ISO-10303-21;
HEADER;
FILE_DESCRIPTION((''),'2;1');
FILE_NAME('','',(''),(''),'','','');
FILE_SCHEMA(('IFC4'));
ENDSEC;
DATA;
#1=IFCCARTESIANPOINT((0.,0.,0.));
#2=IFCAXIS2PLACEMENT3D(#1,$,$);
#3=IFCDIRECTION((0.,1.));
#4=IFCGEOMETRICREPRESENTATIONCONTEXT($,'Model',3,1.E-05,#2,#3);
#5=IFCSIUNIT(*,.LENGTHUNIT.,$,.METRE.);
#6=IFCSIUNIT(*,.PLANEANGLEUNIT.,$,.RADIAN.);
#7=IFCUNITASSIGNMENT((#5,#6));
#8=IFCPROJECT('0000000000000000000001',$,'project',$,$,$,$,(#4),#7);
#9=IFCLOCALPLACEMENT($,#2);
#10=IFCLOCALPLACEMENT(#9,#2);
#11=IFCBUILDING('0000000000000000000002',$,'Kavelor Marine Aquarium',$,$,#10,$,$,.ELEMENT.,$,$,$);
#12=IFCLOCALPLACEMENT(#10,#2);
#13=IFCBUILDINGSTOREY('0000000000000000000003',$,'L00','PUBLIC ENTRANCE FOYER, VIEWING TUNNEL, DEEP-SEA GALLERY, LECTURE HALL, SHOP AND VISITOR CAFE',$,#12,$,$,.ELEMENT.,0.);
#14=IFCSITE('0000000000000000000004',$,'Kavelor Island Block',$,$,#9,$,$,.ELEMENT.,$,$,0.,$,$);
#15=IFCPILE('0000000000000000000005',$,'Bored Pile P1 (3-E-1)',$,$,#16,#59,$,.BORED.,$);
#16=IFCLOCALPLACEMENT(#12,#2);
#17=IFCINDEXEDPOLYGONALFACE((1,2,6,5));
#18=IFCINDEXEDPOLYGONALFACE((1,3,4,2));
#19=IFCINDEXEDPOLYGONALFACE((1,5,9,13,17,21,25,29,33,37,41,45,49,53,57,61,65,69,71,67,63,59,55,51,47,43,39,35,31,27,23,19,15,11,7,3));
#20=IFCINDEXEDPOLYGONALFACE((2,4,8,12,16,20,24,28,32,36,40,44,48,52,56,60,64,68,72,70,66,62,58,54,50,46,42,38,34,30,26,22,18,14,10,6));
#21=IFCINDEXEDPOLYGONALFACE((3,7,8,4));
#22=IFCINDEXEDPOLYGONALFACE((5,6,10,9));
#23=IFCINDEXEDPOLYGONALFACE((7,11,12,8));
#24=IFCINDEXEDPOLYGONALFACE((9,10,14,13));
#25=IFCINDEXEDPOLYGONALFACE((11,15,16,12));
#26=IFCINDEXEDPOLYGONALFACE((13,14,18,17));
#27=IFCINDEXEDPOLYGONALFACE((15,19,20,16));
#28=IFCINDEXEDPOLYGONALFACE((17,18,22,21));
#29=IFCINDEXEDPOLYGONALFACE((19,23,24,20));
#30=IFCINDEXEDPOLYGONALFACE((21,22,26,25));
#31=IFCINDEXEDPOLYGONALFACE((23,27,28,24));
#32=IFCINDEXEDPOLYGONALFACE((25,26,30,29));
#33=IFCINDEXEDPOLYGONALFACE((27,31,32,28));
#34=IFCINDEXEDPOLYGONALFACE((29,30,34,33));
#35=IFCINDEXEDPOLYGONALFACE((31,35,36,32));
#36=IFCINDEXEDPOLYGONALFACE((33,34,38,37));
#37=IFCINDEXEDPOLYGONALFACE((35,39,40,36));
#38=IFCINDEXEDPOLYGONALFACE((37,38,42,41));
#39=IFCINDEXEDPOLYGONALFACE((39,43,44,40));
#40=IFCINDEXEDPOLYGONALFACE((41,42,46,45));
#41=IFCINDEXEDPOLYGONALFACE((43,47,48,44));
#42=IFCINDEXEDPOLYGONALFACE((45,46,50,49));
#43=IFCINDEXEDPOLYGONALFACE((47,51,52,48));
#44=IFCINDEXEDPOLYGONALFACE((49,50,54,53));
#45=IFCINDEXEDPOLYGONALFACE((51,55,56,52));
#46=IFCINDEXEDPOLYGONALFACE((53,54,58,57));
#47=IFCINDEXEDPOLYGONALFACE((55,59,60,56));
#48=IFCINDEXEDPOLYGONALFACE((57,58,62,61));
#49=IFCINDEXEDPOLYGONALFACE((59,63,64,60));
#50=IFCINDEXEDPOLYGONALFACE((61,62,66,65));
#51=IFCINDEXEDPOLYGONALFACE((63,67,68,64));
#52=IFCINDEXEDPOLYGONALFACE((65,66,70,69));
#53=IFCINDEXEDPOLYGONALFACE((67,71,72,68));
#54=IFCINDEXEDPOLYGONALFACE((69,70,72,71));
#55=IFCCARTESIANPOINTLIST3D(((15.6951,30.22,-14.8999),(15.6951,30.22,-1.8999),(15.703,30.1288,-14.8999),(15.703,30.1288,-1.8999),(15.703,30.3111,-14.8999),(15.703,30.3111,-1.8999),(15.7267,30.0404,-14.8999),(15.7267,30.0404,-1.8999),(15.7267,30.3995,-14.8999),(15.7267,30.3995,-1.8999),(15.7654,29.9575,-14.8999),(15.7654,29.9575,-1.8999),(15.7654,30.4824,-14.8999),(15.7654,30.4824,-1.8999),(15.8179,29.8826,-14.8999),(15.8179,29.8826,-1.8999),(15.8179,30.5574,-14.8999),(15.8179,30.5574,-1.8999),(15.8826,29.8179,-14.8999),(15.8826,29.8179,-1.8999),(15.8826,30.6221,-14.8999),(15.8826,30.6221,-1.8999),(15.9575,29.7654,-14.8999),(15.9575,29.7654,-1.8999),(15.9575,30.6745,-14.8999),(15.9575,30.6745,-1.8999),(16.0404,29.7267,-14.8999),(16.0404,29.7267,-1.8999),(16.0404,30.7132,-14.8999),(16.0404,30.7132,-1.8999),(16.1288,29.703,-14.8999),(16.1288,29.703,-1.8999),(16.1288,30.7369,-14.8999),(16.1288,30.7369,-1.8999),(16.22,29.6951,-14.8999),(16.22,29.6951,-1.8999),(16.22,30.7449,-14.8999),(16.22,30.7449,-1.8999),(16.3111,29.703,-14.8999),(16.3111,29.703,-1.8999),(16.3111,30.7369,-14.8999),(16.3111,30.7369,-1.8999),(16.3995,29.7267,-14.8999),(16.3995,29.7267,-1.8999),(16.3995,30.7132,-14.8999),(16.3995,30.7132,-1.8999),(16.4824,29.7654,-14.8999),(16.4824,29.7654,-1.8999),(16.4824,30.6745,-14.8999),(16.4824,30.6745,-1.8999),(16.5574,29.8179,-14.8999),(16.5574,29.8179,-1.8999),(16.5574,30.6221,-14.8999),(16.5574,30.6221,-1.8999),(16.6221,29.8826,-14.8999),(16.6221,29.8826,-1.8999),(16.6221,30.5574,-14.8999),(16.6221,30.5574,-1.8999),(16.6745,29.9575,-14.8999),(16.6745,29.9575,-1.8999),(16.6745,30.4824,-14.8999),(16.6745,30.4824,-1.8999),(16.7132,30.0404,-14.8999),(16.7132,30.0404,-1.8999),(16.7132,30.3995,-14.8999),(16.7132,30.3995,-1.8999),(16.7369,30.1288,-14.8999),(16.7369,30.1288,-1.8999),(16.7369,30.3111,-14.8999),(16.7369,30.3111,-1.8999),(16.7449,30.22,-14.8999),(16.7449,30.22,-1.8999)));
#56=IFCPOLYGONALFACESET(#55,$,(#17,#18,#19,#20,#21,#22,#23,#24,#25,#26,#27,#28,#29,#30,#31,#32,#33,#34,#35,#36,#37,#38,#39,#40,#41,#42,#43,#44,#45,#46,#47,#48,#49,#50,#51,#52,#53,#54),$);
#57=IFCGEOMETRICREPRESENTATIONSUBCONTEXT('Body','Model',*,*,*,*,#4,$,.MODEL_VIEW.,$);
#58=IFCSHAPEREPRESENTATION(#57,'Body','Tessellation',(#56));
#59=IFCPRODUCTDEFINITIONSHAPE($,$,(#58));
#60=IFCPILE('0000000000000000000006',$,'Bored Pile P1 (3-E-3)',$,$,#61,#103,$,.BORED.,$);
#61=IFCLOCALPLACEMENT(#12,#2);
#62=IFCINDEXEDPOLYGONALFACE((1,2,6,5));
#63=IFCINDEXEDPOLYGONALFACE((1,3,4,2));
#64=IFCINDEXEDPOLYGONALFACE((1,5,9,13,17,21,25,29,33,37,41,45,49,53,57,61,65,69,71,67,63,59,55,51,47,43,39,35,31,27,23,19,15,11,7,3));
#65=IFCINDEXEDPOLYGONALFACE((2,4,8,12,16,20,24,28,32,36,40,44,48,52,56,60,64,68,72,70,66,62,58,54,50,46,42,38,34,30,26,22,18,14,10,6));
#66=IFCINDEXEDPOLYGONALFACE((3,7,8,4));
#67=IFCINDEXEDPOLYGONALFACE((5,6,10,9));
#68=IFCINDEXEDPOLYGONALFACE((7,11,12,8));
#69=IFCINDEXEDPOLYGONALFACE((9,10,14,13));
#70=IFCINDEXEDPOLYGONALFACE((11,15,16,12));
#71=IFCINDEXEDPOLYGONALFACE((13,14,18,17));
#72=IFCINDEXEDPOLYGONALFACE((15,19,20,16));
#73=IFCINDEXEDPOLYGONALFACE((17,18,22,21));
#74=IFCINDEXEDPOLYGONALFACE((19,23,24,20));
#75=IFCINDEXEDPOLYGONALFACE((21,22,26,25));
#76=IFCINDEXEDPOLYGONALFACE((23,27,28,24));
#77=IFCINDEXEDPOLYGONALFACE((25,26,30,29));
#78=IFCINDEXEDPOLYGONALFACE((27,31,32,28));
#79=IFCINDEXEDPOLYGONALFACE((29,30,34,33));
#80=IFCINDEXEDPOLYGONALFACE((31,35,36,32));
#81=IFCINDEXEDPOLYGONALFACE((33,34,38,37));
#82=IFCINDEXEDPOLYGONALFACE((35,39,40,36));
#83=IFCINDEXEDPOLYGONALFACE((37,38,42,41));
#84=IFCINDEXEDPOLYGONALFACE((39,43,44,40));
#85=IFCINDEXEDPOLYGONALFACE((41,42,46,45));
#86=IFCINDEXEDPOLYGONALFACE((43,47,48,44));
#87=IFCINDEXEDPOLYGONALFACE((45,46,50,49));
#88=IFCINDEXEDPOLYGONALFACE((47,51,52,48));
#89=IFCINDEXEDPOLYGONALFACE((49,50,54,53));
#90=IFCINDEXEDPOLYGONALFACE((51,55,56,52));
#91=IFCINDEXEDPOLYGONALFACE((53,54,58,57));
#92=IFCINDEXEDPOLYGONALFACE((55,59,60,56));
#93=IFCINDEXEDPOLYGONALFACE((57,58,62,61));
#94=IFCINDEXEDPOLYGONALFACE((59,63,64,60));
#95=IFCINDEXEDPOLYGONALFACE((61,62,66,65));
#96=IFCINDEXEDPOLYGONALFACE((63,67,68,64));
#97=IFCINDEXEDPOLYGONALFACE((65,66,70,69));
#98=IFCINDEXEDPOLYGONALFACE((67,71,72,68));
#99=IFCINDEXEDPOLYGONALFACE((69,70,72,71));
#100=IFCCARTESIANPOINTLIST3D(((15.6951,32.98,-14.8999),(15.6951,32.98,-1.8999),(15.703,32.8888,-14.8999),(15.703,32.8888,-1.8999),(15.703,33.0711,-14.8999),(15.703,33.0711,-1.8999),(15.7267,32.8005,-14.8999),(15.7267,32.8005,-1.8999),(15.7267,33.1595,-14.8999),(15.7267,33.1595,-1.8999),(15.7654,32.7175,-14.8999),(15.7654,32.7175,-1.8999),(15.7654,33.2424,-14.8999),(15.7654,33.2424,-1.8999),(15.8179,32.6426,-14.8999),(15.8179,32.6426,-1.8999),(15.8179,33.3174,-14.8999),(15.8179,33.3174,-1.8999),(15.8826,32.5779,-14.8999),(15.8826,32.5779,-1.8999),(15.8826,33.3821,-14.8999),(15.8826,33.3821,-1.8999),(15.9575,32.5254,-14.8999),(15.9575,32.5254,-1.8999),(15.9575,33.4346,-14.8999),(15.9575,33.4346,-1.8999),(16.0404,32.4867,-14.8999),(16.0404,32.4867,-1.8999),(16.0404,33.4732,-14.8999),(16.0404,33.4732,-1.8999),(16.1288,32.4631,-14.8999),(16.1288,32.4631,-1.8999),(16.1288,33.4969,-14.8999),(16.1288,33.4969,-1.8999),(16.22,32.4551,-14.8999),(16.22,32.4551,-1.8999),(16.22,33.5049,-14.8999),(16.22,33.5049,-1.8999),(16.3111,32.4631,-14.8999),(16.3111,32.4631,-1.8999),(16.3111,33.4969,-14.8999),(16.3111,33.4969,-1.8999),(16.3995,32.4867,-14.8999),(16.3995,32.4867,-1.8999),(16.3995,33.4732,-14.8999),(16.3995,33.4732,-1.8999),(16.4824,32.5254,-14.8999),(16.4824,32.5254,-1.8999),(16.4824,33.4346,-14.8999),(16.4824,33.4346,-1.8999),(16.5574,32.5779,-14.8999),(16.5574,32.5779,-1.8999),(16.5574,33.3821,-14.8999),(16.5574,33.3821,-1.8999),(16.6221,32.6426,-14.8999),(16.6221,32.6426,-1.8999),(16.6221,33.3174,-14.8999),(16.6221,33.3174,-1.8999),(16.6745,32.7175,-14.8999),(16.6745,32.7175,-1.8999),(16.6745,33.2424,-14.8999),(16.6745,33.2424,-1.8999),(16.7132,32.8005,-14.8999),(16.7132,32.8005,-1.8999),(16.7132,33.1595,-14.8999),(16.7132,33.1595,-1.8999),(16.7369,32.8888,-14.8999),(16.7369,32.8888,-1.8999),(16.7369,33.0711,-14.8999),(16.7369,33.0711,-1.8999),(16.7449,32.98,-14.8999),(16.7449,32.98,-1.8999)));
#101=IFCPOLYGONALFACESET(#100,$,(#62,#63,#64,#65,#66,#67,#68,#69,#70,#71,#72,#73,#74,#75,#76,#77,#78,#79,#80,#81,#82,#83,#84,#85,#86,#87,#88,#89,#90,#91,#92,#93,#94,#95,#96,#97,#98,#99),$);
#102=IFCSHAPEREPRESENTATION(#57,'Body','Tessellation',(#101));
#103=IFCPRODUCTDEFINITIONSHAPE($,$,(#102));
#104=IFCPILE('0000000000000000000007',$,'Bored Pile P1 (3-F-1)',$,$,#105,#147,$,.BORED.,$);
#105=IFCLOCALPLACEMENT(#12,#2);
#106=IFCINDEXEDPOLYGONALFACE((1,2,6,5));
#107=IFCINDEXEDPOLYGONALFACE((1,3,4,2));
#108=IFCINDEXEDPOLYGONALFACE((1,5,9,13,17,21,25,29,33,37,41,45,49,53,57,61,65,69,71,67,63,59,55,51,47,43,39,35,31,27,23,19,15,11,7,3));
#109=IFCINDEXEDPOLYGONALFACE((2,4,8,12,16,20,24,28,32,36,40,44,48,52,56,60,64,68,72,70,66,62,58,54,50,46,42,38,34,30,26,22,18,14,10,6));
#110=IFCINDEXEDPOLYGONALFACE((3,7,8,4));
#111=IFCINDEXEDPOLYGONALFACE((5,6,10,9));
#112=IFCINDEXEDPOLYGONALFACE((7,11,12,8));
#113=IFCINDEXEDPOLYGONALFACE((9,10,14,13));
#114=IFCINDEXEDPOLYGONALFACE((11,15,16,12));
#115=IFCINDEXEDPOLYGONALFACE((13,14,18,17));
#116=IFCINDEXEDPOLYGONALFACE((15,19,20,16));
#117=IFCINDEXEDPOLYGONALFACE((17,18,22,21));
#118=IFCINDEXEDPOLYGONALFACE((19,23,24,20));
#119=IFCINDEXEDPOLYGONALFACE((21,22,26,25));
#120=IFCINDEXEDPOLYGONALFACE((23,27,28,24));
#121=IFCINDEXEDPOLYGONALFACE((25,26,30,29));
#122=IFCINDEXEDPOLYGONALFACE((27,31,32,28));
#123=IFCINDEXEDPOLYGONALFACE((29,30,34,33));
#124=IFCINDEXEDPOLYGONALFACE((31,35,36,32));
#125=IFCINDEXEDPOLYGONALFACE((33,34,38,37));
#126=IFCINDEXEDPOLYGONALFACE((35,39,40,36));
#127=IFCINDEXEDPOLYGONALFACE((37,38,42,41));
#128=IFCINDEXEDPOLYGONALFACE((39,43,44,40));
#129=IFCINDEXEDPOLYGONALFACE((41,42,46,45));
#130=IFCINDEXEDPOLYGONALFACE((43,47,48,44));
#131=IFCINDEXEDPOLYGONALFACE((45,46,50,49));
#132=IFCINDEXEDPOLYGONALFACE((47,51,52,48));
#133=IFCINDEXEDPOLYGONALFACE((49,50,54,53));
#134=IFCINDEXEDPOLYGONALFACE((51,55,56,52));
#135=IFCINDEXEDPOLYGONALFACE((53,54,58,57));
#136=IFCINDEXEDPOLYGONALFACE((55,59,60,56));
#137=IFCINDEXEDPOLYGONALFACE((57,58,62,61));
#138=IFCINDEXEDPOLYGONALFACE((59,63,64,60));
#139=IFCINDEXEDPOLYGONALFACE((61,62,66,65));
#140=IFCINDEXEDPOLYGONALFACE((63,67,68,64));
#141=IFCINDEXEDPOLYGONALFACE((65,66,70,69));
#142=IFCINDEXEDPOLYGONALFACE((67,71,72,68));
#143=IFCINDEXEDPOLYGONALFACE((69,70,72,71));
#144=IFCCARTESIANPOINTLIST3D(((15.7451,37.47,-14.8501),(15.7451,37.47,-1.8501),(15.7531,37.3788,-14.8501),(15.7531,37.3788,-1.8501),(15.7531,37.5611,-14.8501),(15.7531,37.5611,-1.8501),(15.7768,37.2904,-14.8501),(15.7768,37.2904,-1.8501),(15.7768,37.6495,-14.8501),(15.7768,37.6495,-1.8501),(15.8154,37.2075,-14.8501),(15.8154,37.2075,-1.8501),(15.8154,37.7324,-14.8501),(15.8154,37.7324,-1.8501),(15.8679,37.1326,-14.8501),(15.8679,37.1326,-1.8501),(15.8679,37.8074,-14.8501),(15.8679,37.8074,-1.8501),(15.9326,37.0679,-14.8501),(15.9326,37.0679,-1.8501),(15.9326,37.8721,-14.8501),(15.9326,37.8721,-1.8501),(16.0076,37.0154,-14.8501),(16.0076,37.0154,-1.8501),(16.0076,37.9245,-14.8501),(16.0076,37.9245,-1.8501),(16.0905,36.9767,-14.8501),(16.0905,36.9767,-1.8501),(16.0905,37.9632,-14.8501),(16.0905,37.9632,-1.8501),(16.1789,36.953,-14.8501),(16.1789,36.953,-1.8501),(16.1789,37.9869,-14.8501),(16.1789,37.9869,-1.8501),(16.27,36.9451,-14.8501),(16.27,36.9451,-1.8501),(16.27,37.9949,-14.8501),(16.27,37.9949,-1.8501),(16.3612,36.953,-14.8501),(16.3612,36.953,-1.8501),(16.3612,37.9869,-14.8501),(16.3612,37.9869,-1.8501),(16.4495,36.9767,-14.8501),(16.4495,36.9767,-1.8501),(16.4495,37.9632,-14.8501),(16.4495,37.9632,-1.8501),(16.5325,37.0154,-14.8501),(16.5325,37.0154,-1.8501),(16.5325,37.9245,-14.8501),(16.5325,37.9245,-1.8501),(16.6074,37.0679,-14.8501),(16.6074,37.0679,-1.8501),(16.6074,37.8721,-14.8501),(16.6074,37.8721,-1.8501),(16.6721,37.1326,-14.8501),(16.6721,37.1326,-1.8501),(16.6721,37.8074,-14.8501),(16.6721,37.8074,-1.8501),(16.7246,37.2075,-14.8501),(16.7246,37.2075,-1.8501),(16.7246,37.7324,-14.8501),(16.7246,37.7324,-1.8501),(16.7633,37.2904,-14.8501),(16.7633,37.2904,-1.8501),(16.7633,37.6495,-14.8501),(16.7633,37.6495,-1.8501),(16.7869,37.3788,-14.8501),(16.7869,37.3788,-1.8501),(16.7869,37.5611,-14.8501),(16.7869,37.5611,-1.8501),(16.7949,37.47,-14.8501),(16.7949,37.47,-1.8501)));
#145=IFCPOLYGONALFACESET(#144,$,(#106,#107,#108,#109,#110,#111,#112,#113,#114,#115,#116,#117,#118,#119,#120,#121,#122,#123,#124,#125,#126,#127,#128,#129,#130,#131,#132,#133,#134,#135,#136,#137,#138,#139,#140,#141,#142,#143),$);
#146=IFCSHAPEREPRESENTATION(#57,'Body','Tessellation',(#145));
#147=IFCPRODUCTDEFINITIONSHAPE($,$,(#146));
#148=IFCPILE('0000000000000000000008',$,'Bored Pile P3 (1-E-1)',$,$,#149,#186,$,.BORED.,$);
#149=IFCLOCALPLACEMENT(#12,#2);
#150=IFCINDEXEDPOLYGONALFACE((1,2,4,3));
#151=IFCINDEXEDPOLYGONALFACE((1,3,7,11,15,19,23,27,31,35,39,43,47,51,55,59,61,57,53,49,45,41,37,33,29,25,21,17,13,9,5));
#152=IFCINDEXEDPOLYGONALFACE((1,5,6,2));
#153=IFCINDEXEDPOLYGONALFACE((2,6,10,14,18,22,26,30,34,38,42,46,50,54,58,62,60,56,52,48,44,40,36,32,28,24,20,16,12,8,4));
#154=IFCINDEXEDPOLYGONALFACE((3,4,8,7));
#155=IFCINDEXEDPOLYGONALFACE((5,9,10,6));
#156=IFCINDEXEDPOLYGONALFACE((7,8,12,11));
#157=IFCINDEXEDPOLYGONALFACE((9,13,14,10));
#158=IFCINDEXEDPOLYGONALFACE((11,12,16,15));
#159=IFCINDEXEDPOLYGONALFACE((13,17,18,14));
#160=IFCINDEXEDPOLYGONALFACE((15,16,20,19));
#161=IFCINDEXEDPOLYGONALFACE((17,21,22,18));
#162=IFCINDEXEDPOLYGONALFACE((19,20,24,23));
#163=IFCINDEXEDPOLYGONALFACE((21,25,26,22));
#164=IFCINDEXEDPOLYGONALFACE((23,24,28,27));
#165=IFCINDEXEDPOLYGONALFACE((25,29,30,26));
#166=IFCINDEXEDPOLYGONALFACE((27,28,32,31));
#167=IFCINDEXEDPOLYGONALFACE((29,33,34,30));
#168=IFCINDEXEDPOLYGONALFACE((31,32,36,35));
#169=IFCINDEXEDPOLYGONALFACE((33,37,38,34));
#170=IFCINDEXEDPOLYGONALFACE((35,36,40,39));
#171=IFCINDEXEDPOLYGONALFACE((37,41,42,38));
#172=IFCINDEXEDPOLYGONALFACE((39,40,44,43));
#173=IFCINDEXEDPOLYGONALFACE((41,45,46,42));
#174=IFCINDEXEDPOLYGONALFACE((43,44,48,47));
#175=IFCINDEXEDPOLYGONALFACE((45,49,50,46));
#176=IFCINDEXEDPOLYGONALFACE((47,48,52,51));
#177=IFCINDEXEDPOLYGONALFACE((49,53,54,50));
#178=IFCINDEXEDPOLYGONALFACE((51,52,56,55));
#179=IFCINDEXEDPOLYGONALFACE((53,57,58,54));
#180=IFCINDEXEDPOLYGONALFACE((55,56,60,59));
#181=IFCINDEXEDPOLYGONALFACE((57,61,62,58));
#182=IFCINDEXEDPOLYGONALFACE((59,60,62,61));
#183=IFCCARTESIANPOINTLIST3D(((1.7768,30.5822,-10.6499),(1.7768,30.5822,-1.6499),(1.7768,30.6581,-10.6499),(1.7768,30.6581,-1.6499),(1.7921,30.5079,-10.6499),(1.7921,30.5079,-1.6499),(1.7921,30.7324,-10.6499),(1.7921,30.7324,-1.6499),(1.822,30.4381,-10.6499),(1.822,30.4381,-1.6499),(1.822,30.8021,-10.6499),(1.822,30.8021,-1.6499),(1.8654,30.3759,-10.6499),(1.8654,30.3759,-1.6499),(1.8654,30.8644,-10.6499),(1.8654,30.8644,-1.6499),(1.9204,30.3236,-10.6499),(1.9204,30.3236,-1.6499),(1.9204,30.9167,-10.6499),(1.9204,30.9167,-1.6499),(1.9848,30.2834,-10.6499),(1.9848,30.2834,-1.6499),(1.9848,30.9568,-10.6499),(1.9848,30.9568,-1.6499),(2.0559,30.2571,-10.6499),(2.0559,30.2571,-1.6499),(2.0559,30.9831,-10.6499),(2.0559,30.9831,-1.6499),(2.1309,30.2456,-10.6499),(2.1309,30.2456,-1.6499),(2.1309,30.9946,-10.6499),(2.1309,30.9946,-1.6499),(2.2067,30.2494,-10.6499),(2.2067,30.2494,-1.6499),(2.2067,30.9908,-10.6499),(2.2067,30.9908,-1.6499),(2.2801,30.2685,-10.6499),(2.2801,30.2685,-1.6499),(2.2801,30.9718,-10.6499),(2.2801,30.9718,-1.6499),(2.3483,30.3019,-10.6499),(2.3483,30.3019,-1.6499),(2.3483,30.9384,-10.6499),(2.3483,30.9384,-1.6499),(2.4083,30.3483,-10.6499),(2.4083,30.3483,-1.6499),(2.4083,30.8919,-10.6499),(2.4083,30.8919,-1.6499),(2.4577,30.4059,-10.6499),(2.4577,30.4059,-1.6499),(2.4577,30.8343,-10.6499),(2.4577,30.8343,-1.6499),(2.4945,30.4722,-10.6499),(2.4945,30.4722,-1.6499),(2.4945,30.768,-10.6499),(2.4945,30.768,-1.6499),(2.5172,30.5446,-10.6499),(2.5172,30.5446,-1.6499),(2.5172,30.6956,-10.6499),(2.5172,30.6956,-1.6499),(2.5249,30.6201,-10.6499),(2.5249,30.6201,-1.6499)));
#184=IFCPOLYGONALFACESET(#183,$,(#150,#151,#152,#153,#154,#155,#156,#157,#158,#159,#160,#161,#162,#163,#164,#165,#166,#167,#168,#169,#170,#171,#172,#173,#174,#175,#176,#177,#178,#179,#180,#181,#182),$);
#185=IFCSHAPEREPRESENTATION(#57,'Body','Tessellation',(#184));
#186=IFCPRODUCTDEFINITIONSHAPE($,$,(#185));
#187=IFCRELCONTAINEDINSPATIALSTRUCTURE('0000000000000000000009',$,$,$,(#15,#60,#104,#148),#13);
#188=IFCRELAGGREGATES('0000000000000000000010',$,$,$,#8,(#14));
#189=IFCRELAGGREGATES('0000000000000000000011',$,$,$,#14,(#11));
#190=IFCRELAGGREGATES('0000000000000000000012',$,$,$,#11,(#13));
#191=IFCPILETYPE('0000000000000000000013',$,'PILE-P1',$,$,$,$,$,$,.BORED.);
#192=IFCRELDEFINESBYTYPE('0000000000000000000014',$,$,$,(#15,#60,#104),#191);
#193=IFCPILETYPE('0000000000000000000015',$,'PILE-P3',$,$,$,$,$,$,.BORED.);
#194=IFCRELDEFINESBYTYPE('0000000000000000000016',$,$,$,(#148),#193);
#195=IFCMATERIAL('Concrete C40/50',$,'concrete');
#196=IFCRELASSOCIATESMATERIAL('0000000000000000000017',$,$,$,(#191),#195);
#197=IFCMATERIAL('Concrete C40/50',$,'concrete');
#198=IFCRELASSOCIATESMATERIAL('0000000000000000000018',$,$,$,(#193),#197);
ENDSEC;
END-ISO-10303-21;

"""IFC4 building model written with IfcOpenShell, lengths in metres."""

from ifc_helpers import new_model, si_unit, direction, frame, origin, origin_2d, place, context, subcontext, project, spatial, circle, extrude, material, material_profile, profile_set, type_object, element, save


model = new_model("IFC4")

# Units and contexts
model_context = context("Model", 3, precision=1e-05, world=origin(), true_north=direction((0.0, 1.0)))
body_context = subcontext(model_context, "Body", "Model", "MODEL_VIEW")
ifc_project = project(units=[si_unit("LENGTHUNIT", "METRE"), si_unit("PLANEANGLEUNIT", "RADIAN")], contexts=[model_context])

# Site, building, storey
site_placement = place(None, origin())
site = spatial("IfcSite", under=ifc_project, at=site_placement, Name="Kavelor Island Block", CompositionType="ELEMENT", RefElevation=0.0)
building_placement = place(site_placement, origin())
building = spatial("IfcBuilding", under=site, at=building_placement, Name="Kavelor Marine Aquarium", CompositionType="ELEMENT")
storey_placement = place(building_placement, origin())
storey = spatial("IfcBuildingStorey", under=building, at=storey_placement, Name="L00", Description="PUBLIC ENTRANCE FOYER, VIEWING TUNNEL, DEEP-SEA GALLERY, LECTURE HALL, SHOP AND VISITOR CAFE", CompositionType="ELEMENT", Elevation=0.0)

# Piles
ifc_material_1 = material(Name="Concrete C40/50", Category="concrete")
ifc_material_profile_1 = material_profile(ifc_material_1, circle(Radius=0.5249, at=origin_2d()), Name="PILE D1050")
ifc_profile_set_1 = profile_set([ifc_material_profile_1], Name="Concrete C40/50")
pile_type_1 = type_object("IfcPileType", Name="PILE-P1", PredefinedType="BORED", material=ifc_profile_set_1)
for number, where, z_axis, x_axis, name in (
    (1, (16.22, 30.22, -1.8999), (0.0, 0.0, -1.0), (1.0, 0.0, 0.0), "Bored Pile P1 (3-E-1)"),
    (2, (16.22, 32.98, -1.8999), (0.0, 0.0, -1.0), (1.0, 0.0, 0.0), "Bored Pile P1 (3-E-3)"),
    (3, (16.27, 37.47, -1.8501), (0.0, 0.0, -1.0), (1.0, 0.0, 0.0), "Bored Pile P1 (3-F-1)"),
):
    element("IfcPile", number, at=place(storey_placement, frame(where, z_axis=z_axis, x_axis=x_axis)), inside=storey, type_object=pile_type_1, Name=name, PredefinedType="BORED", context=body_context, shape_type="SweptSolid", body=[
        extrude(circle(Radius=0.5249, at=origin_2d()), origin(), (0.0, 0.0, 1.0), 13.0),
    ])
ifc_material_2 = material(Name="Concrete C40/50", Category="concrete")
ifc_material_profile_2 = material_profile(ifc_material_2, circle(Radius=0.375, at=origin_2d()), Name="PILE D750")
ifc_profile_set_2 = profile_set([ifc_material_profile_2], Name="Concrete C40/50")
pile_type_2 = type_object("IfcPileType", Name="PILE-P3", PredefinedType="BORED", material=ifc_profile_set_2)
for number, where, z_axis, x_axis, name in (
    (4, (2.1499, 30.6201, -1.6499), (0.0, 0.0, -1.0), (1.0, 0.0, 0.0), "Bored Pile P3 (1-E-1)"),
):
    element("IfcPile", number, at=place(storey_placement, frame(where, z_axis=z_axis, x_axis=x_axis)), inside=storey, type_object=pile_type_2, Name=name, PredefinedType="BORED", context=body_context, shape_type="SweptSolid", body=[
        extrude(circle(Radius=0.375, at=origin_2d()), origin(), (0.0, 0.0, 1.0), 9.0),
    ])

save(model, "model.ifc")
